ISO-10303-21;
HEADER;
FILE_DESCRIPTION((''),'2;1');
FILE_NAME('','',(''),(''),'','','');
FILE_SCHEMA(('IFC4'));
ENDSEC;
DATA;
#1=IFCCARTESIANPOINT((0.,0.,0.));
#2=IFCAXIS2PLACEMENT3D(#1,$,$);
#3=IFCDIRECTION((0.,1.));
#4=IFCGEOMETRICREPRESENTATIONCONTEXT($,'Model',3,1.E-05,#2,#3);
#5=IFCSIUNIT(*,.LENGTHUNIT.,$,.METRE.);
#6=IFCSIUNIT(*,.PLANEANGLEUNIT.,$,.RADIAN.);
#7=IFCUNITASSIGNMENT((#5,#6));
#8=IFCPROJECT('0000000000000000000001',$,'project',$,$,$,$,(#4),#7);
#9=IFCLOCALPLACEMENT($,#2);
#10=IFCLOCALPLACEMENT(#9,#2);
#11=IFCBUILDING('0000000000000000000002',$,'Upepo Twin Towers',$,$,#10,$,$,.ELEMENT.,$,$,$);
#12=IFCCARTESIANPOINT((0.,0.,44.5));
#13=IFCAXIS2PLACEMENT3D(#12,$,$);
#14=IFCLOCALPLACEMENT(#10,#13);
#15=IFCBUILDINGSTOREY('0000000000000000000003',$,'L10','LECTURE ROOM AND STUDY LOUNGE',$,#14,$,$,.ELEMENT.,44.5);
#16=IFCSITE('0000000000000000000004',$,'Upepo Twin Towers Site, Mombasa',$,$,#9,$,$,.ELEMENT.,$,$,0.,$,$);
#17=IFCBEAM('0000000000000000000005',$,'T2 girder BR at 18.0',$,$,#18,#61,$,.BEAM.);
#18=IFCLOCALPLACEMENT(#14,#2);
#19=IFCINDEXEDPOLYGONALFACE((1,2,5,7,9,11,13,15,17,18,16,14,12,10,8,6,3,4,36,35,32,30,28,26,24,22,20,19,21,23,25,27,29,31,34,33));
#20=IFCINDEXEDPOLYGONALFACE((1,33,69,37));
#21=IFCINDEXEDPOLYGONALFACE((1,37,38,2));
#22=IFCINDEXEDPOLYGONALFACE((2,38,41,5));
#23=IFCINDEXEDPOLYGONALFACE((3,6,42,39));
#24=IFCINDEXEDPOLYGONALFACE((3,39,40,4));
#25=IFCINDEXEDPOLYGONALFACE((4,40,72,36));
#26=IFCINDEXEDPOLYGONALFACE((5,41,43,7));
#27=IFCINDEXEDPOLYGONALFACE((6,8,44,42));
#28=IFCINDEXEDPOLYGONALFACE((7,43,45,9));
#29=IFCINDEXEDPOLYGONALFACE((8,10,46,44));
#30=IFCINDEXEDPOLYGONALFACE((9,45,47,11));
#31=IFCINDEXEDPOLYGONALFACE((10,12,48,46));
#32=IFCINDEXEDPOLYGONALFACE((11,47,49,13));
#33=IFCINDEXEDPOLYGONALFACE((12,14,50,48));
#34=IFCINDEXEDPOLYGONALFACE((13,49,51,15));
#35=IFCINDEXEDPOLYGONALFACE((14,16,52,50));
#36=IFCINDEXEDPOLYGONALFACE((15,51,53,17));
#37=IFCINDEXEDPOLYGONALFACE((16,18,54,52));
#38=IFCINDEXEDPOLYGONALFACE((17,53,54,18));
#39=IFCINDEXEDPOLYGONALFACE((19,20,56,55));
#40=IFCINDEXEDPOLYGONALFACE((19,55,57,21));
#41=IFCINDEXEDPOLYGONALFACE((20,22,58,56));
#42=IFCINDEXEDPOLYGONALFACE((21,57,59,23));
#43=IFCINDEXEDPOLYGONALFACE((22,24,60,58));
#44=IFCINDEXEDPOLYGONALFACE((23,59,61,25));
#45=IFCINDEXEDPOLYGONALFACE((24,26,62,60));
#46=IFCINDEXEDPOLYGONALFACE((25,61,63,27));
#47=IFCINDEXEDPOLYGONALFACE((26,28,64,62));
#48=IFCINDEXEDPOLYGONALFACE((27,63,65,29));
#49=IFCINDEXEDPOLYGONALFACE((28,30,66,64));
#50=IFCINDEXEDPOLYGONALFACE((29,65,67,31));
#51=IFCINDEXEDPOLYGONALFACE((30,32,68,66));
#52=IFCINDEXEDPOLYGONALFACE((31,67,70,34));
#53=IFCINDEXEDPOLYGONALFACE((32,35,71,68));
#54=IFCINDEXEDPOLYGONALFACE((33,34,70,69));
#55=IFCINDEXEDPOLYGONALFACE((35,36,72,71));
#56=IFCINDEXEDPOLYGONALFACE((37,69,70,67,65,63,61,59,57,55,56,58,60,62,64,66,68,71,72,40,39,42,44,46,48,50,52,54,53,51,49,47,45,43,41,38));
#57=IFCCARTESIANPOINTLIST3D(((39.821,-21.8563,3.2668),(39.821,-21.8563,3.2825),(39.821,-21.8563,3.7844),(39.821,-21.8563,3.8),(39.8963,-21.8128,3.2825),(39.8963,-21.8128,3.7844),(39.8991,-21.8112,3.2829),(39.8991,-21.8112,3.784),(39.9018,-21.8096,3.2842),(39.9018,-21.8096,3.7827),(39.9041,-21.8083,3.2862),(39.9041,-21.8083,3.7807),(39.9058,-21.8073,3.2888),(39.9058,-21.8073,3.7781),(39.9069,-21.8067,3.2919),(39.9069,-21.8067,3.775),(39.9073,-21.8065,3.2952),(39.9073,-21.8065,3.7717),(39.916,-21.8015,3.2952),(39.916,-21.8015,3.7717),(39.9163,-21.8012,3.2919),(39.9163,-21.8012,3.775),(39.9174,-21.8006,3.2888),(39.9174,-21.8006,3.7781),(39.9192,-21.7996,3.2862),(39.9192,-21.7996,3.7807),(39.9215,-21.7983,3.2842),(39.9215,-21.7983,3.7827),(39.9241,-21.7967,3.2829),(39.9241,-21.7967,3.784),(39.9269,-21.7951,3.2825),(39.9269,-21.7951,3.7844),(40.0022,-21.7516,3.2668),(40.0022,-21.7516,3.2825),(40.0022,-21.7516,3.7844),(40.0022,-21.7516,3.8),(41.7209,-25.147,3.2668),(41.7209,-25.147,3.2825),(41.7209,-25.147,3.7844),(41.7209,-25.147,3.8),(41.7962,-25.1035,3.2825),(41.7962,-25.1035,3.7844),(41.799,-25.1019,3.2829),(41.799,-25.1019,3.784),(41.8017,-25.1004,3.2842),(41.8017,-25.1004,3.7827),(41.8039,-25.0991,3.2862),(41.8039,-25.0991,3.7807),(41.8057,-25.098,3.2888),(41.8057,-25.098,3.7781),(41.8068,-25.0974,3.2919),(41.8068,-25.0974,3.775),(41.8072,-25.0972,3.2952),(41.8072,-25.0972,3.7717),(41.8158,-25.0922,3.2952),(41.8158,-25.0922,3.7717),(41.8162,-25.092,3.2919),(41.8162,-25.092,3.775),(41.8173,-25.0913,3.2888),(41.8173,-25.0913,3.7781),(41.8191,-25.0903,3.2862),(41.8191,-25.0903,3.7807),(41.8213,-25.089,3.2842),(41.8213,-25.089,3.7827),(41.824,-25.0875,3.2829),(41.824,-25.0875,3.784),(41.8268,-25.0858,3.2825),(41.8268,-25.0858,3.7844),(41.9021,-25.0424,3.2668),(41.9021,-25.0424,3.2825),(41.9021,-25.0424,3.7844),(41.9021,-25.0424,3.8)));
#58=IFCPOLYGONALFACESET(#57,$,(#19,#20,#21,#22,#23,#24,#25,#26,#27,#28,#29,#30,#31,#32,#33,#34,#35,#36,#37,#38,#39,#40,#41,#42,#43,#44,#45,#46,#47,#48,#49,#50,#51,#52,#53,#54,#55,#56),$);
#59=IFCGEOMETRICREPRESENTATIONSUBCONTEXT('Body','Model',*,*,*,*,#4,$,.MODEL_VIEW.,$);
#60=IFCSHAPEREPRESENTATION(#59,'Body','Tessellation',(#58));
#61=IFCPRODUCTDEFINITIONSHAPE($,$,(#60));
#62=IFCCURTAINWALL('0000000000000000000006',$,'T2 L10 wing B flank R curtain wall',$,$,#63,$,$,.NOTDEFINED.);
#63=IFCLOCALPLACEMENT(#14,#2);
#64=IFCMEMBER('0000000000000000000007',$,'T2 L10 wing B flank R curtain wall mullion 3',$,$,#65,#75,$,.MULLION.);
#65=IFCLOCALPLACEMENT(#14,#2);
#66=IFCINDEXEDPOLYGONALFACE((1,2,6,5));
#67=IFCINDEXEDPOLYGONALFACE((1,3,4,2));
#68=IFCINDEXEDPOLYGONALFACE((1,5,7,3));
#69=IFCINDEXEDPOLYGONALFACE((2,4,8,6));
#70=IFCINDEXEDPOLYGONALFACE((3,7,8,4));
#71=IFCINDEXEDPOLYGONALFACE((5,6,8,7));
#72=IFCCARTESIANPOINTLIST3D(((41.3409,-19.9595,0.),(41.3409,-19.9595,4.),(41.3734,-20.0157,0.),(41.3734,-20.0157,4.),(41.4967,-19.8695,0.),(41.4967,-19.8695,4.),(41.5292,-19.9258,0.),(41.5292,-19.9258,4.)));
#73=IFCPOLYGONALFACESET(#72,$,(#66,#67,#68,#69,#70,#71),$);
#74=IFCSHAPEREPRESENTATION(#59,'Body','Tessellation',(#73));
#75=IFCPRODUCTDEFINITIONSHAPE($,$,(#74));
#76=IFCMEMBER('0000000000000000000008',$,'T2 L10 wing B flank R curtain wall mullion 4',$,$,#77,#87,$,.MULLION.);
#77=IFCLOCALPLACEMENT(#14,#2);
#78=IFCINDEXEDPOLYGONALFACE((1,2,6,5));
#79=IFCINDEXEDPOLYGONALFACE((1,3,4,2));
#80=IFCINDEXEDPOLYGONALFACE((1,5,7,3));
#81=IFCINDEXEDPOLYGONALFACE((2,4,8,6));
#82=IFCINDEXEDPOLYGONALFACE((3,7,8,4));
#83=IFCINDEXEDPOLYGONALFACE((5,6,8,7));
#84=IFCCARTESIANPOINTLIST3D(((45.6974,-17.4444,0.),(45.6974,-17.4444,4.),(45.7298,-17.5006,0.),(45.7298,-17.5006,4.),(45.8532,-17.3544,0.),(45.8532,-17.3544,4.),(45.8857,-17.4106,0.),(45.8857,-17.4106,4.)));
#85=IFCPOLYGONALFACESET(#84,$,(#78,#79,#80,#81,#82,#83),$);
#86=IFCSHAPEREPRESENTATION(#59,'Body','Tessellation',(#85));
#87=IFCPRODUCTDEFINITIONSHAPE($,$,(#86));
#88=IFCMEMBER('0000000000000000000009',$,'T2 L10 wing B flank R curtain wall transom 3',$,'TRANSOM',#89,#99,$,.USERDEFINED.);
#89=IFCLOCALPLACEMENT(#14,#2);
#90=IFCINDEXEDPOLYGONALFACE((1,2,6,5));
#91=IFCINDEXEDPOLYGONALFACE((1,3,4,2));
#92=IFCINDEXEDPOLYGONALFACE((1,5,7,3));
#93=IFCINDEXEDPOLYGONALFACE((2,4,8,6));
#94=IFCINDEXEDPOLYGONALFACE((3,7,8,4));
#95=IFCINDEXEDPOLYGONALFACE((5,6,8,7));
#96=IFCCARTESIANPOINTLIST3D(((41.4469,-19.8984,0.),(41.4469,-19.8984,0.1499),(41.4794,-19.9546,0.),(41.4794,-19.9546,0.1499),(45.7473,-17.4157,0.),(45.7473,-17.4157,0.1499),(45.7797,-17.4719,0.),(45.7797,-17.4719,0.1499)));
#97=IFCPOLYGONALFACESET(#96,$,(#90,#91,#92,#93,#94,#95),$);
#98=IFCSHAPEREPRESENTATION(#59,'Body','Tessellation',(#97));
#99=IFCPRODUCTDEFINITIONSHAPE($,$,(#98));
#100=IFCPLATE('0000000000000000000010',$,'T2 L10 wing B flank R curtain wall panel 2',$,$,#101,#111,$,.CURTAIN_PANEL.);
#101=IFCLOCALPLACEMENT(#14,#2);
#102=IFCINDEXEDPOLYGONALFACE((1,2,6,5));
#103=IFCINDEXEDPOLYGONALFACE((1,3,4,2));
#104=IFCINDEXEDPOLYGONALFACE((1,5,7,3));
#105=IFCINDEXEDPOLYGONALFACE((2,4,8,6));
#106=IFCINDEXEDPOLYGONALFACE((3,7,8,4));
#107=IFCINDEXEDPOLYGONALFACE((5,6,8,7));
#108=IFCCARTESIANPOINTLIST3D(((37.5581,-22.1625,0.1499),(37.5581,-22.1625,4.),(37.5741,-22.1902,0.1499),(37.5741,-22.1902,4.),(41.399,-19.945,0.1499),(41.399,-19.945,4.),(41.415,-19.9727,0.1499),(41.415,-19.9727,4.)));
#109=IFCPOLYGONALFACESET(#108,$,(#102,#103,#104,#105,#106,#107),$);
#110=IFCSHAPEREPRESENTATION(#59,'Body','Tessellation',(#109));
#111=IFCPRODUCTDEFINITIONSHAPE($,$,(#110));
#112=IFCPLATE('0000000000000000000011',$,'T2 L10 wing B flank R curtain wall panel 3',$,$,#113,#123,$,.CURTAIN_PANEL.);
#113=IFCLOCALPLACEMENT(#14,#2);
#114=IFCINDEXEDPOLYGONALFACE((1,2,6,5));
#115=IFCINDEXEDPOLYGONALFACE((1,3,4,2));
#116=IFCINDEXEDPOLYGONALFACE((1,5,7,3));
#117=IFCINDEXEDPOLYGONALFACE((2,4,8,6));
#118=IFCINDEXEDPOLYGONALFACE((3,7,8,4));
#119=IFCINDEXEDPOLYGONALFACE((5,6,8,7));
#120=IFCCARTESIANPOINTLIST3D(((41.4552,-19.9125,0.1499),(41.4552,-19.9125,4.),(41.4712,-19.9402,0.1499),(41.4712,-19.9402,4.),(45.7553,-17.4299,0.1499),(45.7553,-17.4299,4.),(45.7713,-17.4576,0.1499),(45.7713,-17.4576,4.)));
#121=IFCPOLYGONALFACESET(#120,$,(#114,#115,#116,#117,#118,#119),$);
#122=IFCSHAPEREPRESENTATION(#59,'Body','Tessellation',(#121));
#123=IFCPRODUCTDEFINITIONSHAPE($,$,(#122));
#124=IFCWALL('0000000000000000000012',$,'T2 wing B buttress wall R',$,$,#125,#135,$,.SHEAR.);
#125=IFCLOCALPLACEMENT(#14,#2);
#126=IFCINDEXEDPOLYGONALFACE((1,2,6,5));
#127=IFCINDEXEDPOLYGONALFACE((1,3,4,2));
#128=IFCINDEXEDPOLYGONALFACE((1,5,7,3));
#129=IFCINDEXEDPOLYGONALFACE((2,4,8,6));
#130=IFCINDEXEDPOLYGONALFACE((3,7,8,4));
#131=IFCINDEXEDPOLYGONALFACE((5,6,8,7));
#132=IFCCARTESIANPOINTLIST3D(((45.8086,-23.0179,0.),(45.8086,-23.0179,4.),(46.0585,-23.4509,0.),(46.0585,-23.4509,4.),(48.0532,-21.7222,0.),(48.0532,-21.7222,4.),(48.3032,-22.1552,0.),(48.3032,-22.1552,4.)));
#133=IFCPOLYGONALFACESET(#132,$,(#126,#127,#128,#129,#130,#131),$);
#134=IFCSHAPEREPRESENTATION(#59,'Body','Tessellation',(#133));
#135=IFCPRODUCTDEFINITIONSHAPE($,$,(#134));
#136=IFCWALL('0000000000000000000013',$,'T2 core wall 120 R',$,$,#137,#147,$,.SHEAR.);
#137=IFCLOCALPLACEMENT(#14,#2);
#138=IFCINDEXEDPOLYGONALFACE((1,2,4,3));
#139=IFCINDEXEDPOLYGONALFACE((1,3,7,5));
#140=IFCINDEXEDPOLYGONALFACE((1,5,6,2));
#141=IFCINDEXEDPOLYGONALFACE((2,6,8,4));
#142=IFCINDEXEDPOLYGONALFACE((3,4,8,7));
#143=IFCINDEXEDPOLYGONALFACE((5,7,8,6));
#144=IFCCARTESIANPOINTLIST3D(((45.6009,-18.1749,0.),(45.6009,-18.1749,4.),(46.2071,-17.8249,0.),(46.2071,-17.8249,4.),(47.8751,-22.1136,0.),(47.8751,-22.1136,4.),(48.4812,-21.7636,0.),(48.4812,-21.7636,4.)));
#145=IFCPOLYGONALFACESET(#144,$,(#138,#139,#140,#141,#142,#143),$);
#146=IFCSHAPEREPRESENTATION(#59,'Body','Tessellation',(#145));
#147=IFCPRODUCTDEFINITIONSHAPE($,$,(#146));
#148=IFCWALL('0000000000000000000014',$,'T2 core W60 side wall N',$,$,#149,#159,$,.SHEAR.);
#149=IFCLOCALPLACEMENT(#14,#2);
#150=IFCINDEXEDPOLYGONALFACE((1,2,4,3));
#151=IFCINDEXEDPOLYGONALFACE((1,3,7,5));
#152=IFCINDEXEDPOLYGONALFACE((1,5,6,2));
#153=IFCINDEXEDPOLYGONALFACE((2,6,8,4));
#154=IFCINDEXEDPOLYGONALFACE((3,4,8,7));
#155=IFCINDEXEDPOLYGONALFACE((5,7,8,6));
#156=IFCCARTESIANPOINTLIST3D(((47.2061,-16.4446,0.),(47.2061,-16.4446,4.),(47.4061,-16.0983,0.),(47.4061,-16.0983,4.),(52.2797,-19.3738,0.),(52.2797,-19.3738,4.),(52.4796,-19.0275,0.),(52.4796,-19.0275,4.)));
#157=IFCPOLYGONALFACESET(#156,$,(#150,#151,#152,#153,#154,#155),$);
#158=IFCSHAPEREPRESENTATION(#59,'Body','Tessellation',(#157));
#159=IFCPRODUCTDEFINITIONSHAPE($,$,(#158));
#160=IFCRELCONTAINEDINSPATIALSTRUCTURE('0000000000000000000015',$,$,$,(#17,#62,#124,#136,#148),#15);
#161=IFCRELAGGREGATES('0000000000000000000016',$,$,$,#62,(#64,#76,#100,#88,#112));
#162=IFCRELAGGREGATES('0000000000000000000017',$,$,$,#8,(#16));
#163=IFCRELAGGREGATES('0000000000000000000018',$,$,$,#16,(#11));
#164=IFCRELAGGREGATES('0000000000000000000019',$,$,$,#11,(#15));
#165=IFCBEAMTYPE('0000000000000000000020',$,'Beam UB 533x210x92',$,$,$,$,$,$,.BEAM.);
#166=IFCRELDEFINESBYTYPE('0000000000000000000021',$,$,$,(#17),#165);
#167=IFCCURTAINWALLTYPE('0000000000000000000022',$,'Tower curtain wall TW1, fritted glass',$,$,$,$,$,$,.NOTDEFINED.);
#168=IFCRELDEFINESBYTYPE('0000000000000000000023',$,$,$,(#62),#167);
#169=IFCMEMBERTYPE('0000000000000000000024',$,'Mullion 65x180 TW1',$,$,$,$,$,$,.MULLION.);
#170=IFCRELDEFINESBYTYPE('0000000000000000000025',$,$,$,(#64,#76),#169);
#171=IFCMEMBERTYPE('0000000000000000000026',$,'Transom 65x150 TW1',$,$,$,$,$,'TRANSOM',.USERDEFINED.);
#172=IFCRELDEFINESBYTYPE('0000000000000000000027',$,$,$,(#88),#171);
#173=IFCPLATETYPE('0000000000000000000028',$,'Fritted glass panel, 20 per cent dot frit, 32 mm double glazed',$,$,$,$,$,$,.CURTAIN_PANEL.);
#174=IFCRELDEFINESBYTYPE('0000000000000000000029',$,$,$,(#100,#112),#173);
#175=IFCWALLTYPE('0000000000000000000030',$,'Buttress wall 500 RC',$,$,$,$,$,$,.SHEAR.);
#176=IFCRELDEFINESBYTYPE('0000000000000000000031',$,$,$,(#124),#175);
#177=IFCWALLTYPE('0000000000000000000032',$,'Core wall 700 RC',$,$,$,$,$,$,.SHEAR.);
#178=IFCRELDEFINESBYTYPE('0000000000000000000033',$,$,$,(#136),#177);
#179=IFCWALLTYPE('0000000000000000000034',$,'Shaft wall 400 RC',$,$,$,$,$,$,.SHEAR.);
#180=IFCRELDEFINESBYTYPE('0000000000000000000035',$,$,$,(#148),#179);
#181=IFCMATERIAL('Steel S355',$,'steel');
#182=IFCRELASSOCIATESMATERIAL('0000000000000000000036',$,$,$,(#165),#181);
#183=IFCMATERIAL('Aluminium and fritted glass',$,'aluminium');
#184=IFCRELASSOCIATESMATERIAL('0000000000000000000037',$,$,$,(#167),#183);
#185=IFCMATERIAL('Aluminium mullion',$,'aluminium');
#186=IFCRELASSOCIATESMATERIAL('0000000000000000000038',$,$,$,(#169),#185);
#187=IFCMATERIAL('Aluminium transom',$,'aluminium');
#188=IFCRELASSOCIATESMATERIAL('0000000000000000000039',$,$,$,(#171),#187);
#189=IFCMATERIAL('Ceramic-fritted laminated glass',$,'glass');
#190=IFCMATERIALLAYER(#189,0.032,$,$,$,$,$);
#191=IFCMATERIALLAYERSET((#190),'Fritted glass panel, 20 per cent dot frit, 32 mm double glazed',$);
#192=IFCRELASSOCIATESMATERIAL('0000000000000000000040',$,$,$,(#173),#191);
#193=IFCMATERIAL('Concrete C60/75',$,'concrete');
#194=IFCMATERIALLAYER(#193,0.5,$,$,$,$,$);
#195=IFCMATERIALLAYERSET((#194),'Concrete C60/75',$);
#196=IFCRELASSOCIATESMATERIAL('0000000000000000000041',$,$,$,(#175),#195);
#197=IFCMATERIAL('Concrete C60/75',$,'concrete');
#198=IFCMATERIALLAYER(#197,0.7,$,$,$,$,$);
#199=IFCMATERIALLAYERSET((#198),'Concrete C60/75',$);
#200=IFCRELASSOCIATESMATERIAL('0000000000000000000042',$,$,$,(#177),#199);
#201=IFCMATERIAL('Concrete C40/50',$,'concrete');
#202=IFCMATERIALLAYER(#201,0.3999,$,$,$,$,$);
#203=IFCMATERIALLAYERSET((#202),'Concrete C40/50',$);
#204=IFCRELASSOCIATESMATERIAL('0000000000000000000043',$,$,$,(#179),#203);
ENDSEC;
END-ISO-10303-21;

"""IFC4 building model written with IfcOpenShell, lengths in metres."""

from ifc_helpers import new_model, si_unit, direction, frame, frame_2d, origin, origin_2d, place, context, subcontext, project, spatial, rectangle, i_section, extrude, material, layer, layer_set, material_profile, profile_set, type_object, element, aggregate, save


model = new_model("IFC4")

# Units and contexts
model_context = context("Model", 3, precision=1e-05, world=origin(), true_north=direction((0.0, 1.0)))
body_context = subcontext(model_context, "Body", "Model", "MODEL_VIEW")
ifc_project = project(units=[si_unit("LENGTHUNIT", "METRE"), si_unit("PLANEANGLEUNIT", "RADIAN")], contexts=[model_context])

# Site, building, storey
site_placement = place(None, origin())
site = spatial("IfcSite", under=ifc_project, at=site_placement, Name="Upepo Twin Towers Site, Mombasa", CompositionType="ELEMENT", RefElevation=0.0)
building_placement = place(site_placement, origin())
building = spatial("IfcBuilding", under=site, at=building_placement, Name="Upepo Twin Towers", CompositionType="ELEMENT")
storey_placement = place(building_placement, frame((0.0, 0.0, 44.5)))
storey = spatial("IfcBuildingStorey", under=building, at=storey_placement, Name="L10", Description="LECTURE ROOM AND STUDY LOUNGE", CompositionType="ELEMENT", Elevation=44.5)

# Beam
ifc_material_1 = material(Name="Steel S355", Category="steel")
ifc_material_profile_1 = material_profile(ifc_material_1, i_section(OverallWidth=0.2092, OverallDepth=0.5332, WebThickness=0.01, FlangeThickness=0.0156, FilletRadius=0.0127, at=origin_2d()), Name="UB 533x210x92")
ifc_profile_set_1 = profile_set([ifc_material_profile_1], Name="Steel S355")
beam_type_1 = type_object("IfcBeamType", Name="Beam UB 533x210x92", PredefinedType="BEAM", material=ifc_profile_set_1)
beam_1_placement = place(storey_placement, frame((39.9116, -21.804, 3.5334), z_axis=(0.499995, -0.866028, 0.0), x_axis=(0.866028, 0.499995, 0.0)))
element("IfcBeam", 1, at=beam_1_placement, inside=storey, type_object=beam_type_1, Name="T2 girder BR at 18.0", PredefinedType="BEAM", context=body_context, shape_type="SweptSolid", body=[
    extrude(i_section(OverallWidth=0.2092, OverallDepth=0.5332, WebThickness=0.01, FlangeThickness=0.0156, FilletRadius=0.0127, at=origin_2d()), origin(), (0.0, 0.0, 1.0), 3.7998),
])

# Curtain wall, members, plates
ifc_material_2 = material(Name="Aluminium and fritted glass", Category="aluminium")
curtain_wall_type = type_object("IfcCurtainWallType", Name="Tower curtain wall TW1, fritted glass", PredefinedType="NOTDEFINED", material=ifc_material_2)
curtain_wall_placement = place(storey_placement, origin())
curtain_wall = element("IfcCurtainWall", 2, at=curtain_wall_placement, inside=storey, type_object=curtain_wall_type, Name="T2 L10 wing B flank R curtain wall", PredefinedType="NOTDEFINED")
ifc_material_3 = material(Name="Aluminium mullion", Category="aluminium")
ifc_material_profile_2 = material_profile(ifc_material_3, rectangle(XDim=0.0649, YDim=0.1799, at=origin_2d()), Name="MULLION 65x180")
ifc_profile_set_2 = profile_set([ifc_material_profile_2], Name="Aluminium mullion")
member_type_1 = type_object("IfcMemberType", Name="Mullion 65x180 TW1", PredefinedType="MULLION", material=ifc_profile_set_2)
member_1_placement = place(storey_placement, frame((41.4351, -19.9426, 0.0), z_axis=(0.0, 0.0, 1.0), x_axis=(-0.5, 0.866025, 0.0)))
member_1 = element("IfcMember", 3, at=member_1_placement, type_object=member_type_1, Name="T2 L10 wing B flank R curtain wall mullion 3", PredefinedType="MULLION", context=body_context, shape_type="SweptSolid", body=[
    extrude(rectangle(XDim=0.0649, YDim=0.1799, at=origin_2d()), origin(), (0.0, 0.0, 1.0), 4.0),
])
member_2_placement = place(storey_placement, frame((45.7915, -17.4275, 0.0), z_axis=(0.0, 0.0, 1.0), x_axis=(-0.5, 0.866025, 0.0)))
member_2 = element("IfcMember", 4, at=member_2_placement, type_object=member_type_1, Name="T2 L10 wing B flank R curtain wall mullion 4", PredefinedType="MULLION", context=body_context, shape_type="SweptSolid", body=[
    extrude(rectangle(XDim=0.0649, YDim=0.1799, at=origin_2d()), origin(), (0.0, 0.0, 1.0), 4.0),
])
ifc_material_4 = material(Name="Aluminium transom", Category="aluminium")
ifc_material_profile_3 = material_profile(ifc_material_4, rectangle(XDim=0.0649, YDim=0.1499, at=origin_2d()), Name="TRANSOM 65x150")
ifc_profile_set_3 = profile_set([ifc_material_profile_3], Name="Aluminium transom")
member_type_2 = type_object("IfcMemberType", Name="Transom 65x150 TW1", ElementType="TRANSOM", PredefinedType="USERDEFINED", material=ifc_profile_set_3)
member_3_placement = place(storey_placement, frame((41.4631, -19.9265, 0.075), z_axis=(0.866035, 0.499983, 0.0), x_axis=(-0.499983, 0.866035, 0.0)))
member_3 = element("IfcMember", 5, at=member_3_placement, type_object=member_type_2, Name="T2 L10 wing B flank R curtain wall transom 3", ObjectType="TRANSOM", PredefinedType="USERDEFINED", context=body_context, shape_type="SweptSolid", body=[
    extrude(rectangle(XDim=0.0649, YDim=0.1499, at=origin_2d()), origin(), (0.0, 0.0, 1.0), 4.9656),
])
ifc_material_5 = material(Name="Ceramic-fritted laminated glass", Category="glass")
ifc_layer_1 = layer(ifc_material_5, 0.032)
ifc_layer_set_1 = layer_set([ifc_layer_1], Name="Fritted glass panel, 20 per cent dot frit, 32 mm double glazed")
plate_type = type_object("IfcPlateType", Name="Fritted glass panel, 20 per cent dot frit, 32 mm double glazed", PredefinedType="CURTAIN_PANEL", material=ifc_layer_set_1)
plate_1_placement = place(storey_placement, frame((39.4866, -21.0676, 0.1499), z_axis=(0.0, 0.0, 1.0), x_axis=(0.866025, 0.5, 0.0)))
plate_1 = element("IfcPlate", 6, at=plate_1_placement, type_object=plate_type, Name="T2 L10 wing B flank R curtain wall panel 2", PredefinedType="CURTAIN_PANEL", context=body_context, shape_type="SweptSolid", body=[
    extrude(rectangle(XDim=4.4351, YDim=0.032, at=origin_2d()), origin(), (0.0, 0.0, 1.0), 3.8501),
])
plate_2_placement = place(storey_placement, frame((43.6133, -18.6851, 0.1499), z_axis=(0.0, 0.0, 1.0), x_axis=(0.866025, 0.5, 0.0)))
plate_2 = element("IfcPlate", 7, at=plate_2_placement, type_object=plate_type, Name="T2 L10 wing B flank R curtain wall panel 3", PredefinedType="CURTAIN_PANEL", context=body_context, shape_type="SweptSolid", body=[
    extrude(rectangle(XDim=4.9653, YDim=0.032, at=origin_2d()), origin(), (0.0, 0.0, 1.0), 3.8501),
])
aggregate(curtain_wall, [member_1, member_2, plate_1, member_3, plate_2])

# Walls
ifc_material_6 = material(Name="Concrete C60/75", Category="concrete")
ifc_layer_2 = layer(ifc_material_6, 0.5)
ifc_layer_set_2 = layer_set([ifc_layer_2], Name="Concrete C60/75")
wall_type_1 = type_object("IfcWallType", Name="Buttress wall 500 RC", PredefinedType="SHEAR", material=ifc_layer_set_2)
wall_1_placement = place(storey_placement, frame((48.1782, -21.9387, 0.0), z_axis=(0.0, 0.0, 1.0), x_axis=(-0.866073, -0.499918, 0.0)))
element("IfcWall", 8, at=wall_1_placement, inside=storey, type_object=wall_type_1, Name="T2 wing B buttress wall R", PredefinedType="SHEAR", context=body_context, shape_type="SweptSolid", body=[
    extrude(rectangle(XDim=2.5918, YDim=0.5, at=frame_2d((1.2959, 0.0))), origin(), (0.0, 0.0, 1.0), 4.0),
])
ifc_material_7 = material(Name="Concrete C60/75", Category="concrete")
ifc_layer_3 = layer(ifc_material_7, 0.7)
ifc_layer_set_3 = layer_set([ifc_layer_3], Name="Concrete C60/75")
wall_type_2 = type_object("IfcWallType", Name="Core wall 700 RC", PredefinedType="SHEAR", material=ifc_layer_set_3)
wall_2_placement = place(storey_placement, frame((45.9041, -18.0, 0.0), z_axis=(0.0, 0.0, 1.0), x_axis=(0.500024, -0.866011, 0.0)))
element("IfcWall", 9, at=wall_2_placement, inside=storey, type_object=wall_type_2, Name="T2 core wall 120 R", PredefinedType="SHEAR", context=body_context, shape_type="SweptSolid", body=[
    extrude(rectangle(XDim=4.5481, YDim=0.7, at=frame_2d((2.2739, 0.0))), origin(), (0.0, 0.0, 1.0), 4.0),
])
ifc_material_8 = material(Name="Concrete C40/50", Category="concrete")
ifc_layer_4 = layer(ifc_material_8, 0.3999)
ifc_layer_set_4 = layer_set([ifc_layer_4], Name="Concrete C40/50")
wall_type_3 = type_object("IfcWallType", Name="Shaft wall 400 RC", PredefinedType="SHEAR", material=ifc_layer_set_4)
wall_3_placement = place(storey_placement, frame((52.3796, -19.2007, 0.0), z_axis=(0.0, 0.0, 1.0), x_axis=(-0.866024, 0.500003, 0.0)))
element("IfcWall", 10, at=wall_3_placement, inside=storey, type_object=wall_type_3, Name="T2 core W60 side wall N", PredefinedType="SHEAR", context=body_context, shape_type="SweptSolid", body=[
    extrude(rectangle(XDim=5.8584, YDim=0.3999, at=frame_2d((2.9292, 0.0))), origin(), (0.0, 0.0, 1.0), 4.0),
])

save(model, "model.ifc")
